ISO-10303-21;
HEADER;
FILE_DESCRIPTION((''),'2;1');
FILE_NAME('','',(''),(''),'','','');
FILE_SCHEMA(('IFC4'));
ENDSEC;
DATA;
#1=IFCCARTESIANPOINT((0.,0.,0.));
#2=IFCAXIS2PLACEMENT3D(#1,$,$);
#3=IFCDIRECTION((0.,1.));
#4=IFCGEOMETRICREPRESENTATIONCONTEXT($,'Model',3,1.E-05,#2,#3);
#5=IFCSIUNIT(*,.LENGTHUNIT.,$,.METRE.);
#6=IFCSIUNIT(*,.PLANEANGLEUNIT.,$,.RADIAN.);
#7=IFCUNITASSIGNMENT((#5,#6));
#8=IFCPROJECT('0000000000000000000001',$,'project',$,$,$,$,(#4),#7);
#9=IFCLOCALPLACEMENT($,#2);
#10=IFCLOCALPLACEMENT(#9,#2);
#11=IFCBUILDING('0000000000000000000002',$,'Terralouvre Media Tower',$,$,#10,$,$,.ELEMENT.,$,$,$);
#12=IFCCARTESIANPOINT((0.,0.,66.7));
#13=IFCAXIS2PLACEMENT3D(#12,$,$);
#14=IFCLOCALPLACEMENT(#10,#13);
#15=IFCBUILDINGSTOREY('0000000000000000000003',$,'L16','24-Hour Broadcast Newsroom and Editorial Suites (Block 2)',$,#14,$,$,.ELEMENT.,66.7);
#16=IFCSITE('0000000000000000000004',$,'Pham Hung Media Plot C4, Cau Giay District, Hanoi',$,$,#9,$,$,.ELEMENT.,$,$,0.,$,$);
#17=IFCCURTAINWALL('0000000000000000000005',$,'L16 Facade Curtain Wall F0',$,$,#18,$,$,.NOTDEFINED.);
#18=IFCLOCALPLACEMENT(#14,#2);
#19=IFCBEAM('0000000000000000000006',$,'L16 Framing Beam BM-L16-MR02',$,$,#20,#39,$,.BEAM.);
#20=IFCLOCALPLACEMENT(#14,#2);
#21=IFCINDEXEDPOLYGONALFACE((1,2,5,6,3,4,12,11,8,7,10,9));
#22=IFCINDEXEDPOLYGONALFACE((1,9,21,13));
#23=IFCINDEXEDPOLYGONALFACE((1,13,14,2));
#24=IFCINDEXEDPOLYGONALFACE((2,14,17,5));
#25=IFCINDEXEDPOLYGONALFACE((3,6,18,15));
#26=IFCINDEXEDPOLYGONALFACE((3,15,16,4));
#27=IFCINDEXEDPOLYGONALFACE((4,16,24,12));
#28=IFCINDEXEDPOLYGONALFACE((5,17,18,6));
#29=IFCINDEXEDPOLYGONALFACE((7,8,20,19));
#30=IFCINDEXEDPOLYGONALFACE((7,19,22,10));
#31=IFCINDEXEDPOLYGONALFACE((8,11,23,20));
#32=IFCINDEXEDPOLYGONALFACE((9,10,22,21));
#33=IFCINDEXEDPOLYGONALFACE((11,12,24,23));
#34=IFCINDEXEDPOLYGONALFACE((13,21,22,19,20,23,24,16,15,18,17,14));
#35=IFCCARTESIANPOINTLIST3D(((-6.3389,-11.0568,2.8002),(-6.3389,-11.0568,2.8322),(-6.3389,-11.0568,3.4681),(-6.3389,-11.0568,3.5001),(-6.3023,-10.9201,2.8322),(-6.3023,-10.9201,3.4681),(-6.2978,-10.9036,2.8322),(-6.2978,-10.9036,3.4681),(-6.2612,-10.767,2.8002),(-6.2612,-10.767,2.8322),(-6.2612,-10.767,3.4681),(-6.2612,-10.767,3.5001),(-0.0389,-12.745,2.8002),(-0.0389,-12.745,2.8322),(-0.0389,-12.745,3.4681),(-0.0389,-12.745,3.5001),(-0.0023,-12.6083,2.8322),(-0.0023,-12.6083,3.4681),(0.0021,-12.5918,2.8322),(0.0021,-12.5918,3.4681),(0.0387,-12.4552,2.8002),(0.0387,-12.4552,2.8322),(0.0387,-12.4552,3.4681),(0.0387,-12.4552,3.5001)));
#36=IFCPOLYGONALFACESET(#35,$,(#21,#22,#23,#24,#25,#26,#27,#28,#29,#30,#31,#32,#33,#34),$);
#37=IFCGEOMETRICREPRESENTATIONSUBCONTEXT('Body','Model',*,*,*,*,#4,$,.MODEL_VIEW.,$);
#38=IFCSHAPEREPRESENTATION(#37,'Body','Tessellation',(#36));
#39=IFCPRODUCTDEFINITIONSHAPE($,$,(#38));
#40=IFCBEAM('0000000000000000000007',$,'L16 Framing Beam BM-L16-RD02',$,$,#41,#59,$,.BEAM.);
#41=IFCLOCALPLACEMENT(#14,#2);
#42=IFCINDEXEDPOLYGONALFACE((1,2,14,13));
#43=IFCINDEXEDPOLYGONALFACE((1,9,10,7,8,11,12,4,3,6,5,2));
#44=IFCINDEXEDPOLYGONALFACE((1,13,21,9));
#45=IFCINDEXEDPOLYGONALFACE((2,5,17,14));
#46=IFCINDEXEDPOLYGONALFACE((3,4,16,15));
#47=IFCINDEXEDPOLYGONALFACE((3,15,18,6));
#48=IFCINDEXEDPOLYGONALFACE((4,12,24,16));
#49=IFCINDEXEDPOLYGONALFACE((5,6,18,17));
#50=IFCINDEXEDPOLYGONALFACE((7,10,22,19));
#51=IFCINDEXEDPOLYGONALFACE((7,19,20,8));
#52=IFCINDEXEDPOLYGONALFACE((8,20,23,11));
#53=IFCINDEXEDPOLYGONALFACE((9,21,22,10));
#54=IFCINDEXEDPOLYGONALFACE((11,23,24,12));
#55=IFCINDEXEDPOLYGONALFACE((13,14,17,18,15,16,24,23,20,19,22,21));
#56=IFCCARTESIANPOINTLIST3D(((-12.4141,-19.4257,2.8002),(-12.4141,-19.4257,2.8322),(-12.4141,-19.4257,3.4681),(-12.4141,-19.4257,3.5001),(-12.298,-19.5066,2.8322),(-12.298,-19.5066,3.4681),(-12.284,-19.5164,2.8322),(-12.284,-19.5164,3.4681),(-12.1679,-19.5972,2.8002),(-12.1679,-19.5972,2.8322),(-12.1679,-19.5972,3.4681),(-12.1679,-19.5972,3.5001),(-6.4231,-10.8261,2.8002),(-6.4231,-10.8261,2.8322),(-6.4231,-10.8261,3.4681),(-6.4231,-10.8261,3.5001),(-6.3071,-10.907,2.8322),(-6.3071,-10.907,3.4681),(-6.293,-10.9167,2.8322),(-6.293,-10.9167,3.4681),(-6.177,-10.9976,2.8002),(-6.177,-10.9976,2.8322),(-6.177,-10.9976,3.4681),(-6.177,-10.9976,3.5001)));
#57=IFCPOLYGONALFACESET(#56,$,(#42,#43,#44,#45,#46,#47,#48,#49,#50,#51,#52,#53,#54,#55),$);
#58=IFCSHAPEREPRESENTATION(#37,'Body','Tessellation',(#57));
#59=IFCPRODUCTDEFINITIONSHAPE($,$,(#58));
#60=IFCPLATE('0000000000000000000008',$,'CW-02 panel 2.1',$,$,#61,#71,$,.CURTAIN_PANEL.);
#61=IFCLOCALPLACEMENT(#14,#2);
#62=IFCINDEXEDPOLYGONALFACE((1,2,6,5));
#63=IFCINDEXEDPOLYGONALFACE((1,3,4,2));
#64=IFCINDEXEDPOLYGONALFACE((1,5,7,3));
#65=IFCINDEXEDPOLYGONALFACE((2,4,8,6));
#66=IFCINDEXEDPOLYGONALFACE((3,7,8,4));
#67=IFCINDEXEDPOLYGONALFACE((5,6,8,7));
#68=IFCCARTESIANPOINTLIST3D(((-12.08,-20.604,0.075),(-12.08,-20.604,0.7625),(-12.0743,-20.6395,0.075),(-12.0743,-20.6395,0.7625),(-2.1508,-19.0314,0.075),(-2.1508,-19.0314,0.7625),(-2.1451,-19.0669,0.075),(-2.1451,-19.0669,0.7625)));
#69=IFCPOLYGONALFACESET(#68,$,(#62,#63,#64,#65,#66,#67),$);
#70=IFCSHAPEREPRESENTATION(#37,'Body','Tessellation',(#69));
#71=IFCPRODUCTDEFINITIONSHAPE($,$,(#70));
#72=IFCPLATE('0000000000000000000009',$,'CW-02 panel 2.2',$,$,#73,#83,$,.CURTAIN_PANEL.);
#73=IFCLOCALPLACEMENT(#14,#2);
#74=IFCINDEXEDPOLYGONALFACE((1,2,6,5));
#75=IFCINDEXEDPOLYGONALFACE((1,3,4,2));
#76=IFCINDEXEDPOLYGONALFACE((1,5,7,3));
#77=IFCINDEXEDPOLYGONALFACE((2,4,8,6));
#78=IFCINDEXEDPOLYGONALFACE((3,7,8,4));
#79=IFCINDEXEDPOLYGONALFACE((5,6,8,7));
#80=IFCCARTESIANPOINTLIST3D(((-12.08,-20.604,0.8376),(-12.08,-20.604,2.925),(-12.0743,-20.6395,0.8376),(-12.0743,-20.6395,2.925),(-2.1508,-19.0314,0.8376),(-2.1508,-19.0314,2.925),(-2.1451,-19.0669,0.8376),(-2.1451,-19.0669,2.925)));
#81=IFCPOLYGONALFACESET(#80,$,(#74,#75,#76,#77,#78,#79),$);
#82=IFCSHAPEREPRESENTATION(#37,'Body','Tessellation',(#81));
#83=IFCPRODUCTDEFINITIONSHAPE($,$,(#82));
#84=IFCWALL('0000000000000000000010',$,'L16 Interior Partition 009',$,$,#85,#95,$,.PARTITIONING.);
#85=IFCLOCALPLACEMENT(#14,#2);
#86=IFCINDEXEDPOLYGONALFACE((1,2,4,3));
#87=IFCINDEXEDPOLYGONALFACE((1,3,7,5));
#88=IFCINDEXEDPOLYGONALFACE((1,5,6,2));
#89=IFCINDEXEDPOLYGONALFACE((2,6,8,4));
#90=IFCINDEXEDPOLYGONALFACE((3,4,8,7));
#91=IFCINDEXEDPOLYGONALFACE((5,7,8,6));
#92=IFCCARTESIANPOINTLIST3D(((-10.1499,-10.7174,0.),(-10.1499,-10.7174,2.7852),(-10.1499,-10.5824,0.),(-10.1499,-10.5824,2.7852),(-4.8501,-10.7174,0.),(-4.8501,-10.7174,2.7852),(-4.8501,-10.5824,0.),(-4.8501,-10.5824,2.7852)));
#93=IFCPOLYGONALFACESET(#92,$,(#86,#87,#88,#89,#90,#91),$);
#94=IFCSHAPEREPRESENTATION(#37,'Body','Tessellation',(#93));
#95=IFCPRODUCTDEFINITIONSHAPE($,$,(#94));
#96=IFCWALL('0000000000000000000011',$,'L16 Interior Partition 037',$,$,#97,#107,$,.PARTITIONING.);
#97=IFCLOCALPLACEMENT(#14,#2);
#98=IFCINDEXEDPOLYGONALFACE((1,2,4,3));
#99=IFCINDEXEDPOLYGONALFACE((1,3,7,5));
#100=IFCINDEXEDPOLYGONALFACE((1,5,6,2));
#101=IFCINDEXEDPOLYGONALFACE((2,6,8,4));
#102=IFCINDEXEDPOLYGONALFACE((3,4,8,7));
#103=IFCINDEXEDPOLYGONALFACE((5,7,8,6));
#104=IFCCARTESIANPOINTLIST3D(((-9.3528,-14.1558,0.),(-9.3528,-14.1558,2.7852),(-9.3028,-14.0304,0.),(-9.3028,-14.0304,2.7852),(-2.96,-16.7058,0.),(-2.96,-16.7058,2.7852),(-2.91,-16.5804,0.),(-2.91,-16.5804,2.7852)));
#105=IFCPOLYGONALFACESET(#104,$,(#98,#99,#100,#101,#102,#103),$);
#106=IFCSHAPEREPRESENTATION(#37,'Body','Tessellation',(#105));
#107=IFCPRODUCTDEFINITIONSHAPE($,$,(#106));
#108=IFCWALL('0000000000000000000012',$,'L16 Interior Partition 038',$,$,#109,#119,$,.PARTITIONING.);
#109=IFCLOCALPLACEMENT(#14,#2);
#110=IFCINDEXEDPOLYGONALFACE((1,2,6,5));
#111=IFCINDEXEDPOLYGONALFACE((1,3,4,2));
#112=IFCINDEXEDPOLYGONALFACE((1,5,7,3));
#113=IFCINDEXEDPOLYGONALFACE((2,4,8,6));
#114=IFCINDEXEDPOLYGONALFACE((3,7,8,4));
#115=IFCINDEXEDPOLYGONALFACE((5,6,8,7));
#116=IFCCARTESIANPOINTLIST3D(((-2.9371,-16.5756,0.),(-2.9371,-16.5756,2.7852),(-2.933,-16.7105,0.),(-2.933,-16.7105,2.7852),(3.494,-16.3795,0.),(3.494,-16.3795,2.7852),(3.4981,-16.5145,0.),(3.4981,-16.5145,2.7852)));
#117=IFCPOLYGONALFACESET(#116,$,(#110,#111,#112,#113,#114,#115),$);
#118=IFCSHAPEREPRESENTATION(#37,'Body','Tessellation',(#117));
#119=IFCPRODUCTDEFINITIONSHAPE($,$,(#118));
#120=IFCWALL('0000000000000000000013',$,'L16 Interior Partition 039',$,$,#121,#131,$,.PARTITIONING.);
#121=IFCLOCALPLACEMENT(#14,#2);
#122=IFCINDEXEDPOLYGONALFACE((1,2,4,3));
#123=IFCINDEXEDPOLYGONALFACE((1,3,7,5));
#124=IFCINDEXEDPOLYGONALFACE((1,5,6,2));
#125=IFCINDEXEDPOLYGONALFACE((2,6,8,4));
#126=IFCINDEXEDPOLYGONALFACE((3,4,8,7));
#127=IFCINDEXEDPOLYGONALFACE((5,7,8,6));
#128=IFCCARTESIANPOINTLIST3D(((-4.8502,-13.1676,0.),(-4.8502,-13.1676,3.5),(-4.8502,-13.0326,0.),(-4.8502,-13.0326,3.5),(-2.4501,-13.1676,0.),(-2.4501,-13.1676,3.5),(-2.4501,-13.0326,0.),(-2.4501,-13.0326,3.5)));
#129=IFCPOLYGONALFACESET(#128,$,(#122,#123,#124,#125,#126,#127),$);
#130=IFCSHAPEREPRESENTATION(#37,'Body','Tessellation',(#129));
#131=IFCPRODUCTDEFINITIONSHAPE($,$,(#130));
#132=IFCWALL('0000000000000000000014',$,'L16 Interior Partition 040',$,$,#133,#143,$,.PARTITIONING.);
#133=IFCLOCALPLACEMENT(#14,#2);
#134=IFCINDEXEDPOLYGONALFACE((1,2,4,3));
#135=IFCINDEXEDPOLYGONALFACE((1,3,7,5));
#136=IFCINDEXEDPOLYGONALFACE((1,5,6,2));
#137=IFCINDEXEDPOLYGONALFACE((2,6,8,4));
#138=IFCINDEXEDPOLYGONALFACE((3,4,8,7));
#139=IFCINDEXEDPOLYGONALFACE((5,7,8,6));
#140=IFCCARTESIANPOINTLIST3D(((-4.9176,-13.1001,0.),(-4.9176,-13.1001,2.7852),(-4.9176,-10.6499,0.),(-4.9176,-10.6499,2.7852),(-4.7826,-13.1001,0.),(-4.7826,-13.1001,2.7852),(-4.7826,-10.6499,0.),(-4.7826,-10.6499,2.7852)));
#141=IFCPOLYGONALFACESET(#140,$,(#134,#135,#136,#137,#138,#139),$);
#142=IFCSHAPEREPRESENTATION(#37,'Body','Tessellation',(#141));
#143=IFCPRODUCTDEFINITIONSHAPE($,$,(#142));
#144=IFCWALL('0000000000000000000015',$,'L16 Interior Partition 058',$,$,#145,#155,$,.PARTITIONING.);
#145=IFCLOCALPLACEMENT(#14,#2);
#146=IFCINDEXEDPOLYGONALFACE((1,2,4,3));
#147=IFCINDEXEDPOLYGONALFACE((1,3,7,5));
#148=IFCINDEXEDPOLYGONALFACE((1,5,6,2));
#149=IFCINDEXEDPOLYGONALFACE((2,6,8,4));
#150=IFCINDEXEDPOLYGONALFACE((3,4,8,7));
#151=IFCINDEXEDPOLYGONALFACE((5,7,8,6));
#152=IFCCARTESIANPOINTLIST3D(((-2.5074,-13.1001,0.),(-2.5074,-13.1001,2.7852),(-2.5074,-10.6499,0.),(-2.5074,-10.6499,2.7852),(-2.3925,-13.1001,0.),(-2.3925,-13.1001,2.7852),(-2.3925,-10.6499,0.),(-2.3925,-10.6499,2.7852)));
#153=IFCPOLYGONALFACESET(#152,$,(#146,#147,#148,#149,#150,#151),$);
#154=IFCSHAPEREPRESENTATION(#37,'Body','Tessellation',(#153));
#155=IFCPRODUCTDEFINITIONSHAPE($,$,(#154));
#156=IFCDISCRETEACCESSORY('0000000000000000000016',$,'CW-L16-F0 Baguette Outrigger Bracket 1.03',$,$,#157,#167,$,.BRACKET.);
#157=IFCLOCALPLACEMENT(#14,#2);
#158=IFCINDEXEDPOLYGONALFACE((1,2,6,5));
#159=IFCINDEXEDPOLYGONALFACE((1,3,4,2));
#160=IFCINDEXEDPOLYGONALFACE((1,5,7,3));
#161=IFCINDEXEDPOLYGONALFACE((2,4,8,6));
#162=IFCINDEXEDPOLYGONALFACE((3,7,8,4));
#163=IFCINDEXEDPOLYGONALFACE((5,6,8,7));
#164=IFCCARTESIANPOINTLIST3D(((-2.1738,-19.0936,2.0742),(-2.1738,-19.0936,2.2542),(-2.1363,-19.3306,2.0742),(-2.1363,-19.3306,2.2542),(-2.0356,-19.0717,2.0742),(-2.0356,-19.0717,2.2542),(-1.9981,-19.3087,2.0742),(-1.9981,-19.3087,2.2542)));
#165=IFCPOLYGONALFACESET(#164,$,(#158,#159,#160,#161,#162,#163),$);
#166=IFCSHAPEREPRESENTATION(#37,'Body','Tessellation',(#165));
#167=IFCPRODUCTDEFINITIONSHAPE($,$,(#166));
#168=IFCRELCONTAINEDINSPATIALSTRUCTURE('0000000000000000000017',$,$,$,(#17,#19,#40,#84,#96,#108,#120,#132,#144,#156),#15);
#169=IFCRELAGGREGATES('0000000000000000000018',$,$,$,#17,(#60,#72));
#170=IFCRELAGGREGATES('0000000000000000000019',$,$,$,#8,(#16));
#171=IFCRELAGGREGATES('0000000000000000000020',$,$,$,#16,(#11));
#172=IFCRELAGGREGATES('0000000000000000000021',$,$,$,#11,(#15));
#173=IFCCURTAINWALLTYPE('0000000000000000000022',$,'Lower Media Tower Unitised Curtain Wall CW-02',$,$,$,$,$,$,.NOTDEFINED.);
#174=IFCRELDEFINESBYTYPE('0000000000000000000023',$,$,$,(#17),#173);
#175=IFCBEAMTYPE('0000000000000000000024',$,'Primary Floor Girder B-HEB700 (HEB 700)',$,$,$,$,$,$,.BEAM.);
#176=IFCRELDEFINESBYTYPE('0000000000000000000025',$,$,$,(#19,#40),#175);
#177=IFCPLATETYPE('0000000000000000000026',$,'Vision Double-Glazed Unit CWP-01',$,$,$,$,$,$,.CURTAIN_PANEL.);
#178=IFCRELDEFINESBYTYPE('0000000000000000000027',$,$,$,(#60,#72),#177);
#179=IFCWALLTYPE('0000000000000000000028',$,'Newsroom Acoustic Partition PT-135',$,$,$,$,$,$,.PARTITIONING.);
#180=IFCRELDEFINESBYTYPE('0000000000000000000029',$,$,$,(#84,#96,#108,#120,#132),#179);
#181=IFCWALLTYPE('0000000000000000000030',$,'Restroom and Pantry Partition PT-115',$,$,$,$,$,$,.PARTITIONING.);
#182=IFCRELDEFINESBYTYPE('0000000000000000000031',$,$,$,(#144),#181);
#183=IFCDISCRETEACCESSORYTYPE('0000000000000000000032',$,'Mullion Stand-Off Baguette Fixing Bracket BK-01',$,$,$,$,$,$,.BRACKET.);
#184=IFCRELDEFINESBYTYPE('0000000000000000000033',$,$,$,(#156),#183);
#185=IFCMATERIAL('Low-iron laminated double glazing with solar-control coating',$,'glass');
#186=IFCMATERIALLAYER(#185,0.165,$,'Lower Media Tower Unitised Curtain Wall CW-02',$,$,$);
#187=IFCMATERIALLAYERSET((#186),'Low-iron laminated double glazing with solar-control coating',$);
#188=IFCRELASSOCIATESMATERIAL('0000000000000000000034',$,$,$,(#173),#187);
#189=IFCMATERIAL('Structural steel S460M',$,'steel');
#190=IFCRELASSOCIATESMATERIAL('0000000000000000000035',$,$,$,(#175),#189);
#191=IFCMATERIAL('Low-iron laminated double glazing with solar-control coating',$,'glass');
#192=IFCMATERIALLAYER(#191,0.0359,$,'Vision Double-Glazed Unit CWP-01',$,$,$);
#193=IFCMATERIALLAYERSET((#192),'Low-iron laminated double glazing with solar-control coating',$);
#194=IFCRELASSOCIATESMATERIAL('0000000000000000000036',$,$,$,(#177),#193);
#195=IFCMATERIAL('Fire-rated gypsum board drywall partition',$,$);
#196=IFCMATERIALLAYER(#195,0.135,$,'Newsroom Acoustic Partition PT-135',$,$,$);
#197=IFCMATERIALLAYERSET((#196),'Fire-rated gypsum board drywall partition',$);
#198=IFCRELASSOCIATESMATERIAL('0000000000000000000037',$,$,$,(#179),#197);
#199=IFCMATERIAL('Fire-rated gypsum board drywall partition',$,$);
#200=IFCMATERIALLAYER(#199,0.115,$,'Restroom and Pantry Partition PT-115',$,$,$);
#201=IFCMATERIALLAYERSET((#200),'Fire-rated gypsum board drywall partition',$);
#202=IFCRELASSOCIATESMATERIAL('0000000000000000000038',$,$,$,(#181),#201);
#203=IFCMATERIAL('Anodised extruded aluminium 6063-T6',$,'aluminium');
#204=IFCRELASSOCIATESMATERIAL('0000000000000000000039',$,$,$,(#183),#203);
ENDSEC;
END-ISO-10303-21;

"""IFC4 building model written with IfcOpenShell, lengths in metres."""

from ifc_helpers import new_model, si_unit, direction, frame, frame_2d, origin, origin_2d, place, context, subcontext, project, spatial, rectangle, i_section, extrude, material, layer, layer_set, material_profile, profile_set, type_object, element, aggregate, save


model = new_model("IFC4")

# Units and contexts
model_context = context("Model", 3, precision=1e-05, world=origin(), true_north=direction((0.0, 1.0)))
body_context = subcontext(model_context, "Body", "Model", "MODEL_VIEW")
ifc_project = project(units=[si_unit("LENGTHUNIT", "METRE"), si_unit("PLANEANGLEUNIT", "RADIAN")], contexts=[model_context])

# Site, building, storey
site_placement = place(None, origin())
site = spatial("IfcSite", under=ifc_project, at=site_placement, Name="Pham Hung Media Plot C4, Cau Giay District, Hanoi", CompositionType="ELEMENT", RefElevation=0.0)
building_placement = place(site_placement, origin())
building = spatial("IfcBuilding", under=site, at=building_placement, Name="Terralouvre Media Tower", CompositionType="ELEMENT")
storey_placement = place(building_placement, frame((0.0, 0.0, 66.7)))
storey = spatial("IfcBuildingStorey", under=building, at=storey_placement, Name="L16", Description="24-Hour Broadcast Newsroom and Editorial Suites (Block 2)", CompositionType="ELEMENT", Elevation=66.7)

# Curtain wall
ifc_material_1 = material(Name="Low-iron laminated double glazing with solar-control coating", Category="glass")
ifc_layer_1 = layer(ifc_material_1, 0.165, Name="Lower Media Tower Unitised Curtain Wall CW-02")
ifc_layer_set_1 = layer_set([ifc_layer_1], Name="Low-iron laminated double glazing with solar-control coating")
curtain_wall_type = type_object("IfcCurtainWallType", Name="Lower Media Tower Unitised Curtain Wall CW-02", PredefinedType="NOTDEFINED", material=ifc_layer_set_1)
curtain_wall_placement = place(storey_placement, origin())
curtain_wall = element("IfcCurtainWall", 1, at=curtain_wall_placement, inside=storey, type_object=curtain_wall_type, Name="L16 Facade Curtain Wall F0", PredefinedType="NOTDEFINED")

# Beams
ifc_material_2 = material(Name="Structural steel S460M", Category="steel")
ifc_material_profile_1 = material_profile(ifc_material_2, i_section(OverallWidth=0.3, OverallDepth=0.7, WebThickness=0.0171, FlangeThickness=0.032, at=origin_2d()), Name="HEB 700")
ifc_profile_set_1 = profile_set([ifc_material_profile_1], Name="Structural steel S460M")
beam_type_1 = type_object("IfcBeamType", Name="Primary Floor Girder B-HEB700 (HEB 700)", PredefinedType="BEAM", material=ifc_profile_set_1)
beam_1_placement = place(storey_placement, frame((-6.3, -10.9119, 3.1501), z_axis=(0.96592, -0.258839, 0.0), x_axis=(0.258839, 0.96592, 0.0)))
element("IfcBeam", 2, at=beam_1_placement, inside=storey, type_object=beam_type_1, Name="L16 Framing Beam BM-L16-MR02", PredefinedType="BEAM", context=body_context, shape_type="SweptSolid", body=[
    extrude(i_section(OverallWidth=0.3, OverallDepth=0.7, WebThickness=0.0171, FlangeThickness=0.032, at=origin_2d()), origin(), (0.0, 0.0, 1.0), 6.5222),
])
beam_2_placement = place(storey_placement, frame((-6.3, -10.9119, 3.1501), z_axis=(-0.571619, -0.820519, 0.0), x_axis=(0.820519, -0.571619, 0.0)))
element("IfcBeam", 3, at=beam_2_placement, inside=storey, type_object=beam_type_1, Name="L16 Framing Beam BM-L16-RD02", PredefinedType="BEAM", context=body_context, shape_type="SweptSolid", body=[
    extrude(i_section(OverallWidth=0.3, OverallDepth=0.7, WebThickness=0.0171, FlangeThickness=0.032, at=origin_2d()), origin(), (0.0, 0.0, 1.0), 10.4807),
])

# Plates
ifc_material_3 = material(Name="Low-iron laminated double glazing with solar-control coating", Category="glass")
ifc_layer_2 = layer(ifc_material_3, 0.0359, Name="Vision Double-Glazed Unit CWP-01")
ifc_layer_set_2 = layer_set([ifc_layer_2], Name="Low-iron laminated double glazing with solar-control coating")
plate_type = type_object("IfcPlateType", Name="Vision Double-Glazed Unit CWP-01", PredefinedType="CURTAIN_PANEL", material=ifc_layer_set_2)
plate_1_placement = place(storey_placement, frame((-7.1125, -19.8354, 0.075), z_axis=(0.0, 0.0, 1.0), x_axis=(0.987688, 0.156434, 0.0)))
plate_1 = element("IfcPlate", 4, at=plate_1_placement, type_object=plate_type, Name="CW-02 panel 2.1", PredefinedType="CURTAIN_PANEL", context=body_context, shape_type="SweptSolid", body=[
    extrude(rectangle(XDim=10.053, YDim=0.0359, at=origin_2d()), origin(), (0.0, 0.0, 1.0), 0.6875),
])
plate_2_placement = place(storey_placement, frame((-7.1125, -19.8354, 0.8376), z_axis=(0.0, 0.0, 1.0), x_axis=(0.987688, 0.156434, 0.0)))
plate_2 = element("IfcPlate", 5, at=plate_2_placement, type_object=plate_type, Name="CW-02 panel 2.2", PredefinedType="CURTAIN_PANEL", context=body_context, shape_type="SweptSolid", body=[
    extrude(rectangle(XDim=10.053, YDim=0.0359, at=origin_2d()), origin(), (0.0, 0.0, 1.0), 2.0874),
])
aggregate(curtain_wall, [plate_1, plate_2])

# Walls
ifc_material_4 = material(Name="Fire-rated gypsum board drywall partition")
ifc_layer_3 = layer(ifc_material_4, 0.135, Name="Newsroom Acoustic Partition PT-135")
ifc_layer_set_3 = layer_set([ifc_layer_3], Name="Fire-rated gypsum board drywall partition")
wall_type_1 = type_object("IfcWallType", Name="Newsroom Acoustic Partition PT-135", PredefinedType="PARTITIONING", material=ifc_layer_set_3)
wall_1_placement = place(storey_placement, frame((-10.1499, -10.6499, 0.0), z_axis=(0.0, 0.0, 1.0), x_axis=(1.0, 0.0, 0.0)))
element("IfcWall", 6, at=wall_1_placement, inside=storey, type_object=wall_type_1, Name="L16 Interior Partition 009", PredefinedType="PARTITIONING", context=body_context, shape_type="SweptSolid", body=[
    extrude(rectangle(XDim=5.2998, YDim=0.135, at=frame_2d((2.6499, 0.0))), origin(), (0.0, 0.0, 1.0), 2.7852),
])
wall_2_placement = place(storey_placement, frame((-9.3279, -14.093, 0.0), z_axis=(0.0, 0.0, 1.0), x_axis=(0.928831, -0.370504, 0.0)))
element("IfcWall", 7, at=wall_2_placement, inside=storey, type_object=wall_type_1, Name="L16 Interior Partition 037", PredefinedType="PARTITIONING", context=body_context, shape_type="SweptSolid", body=[
    extrude(rectangle(XDim=6.8826, YDim=0.135, at=frame_2d((3.4414, 0.0))), origin(), (0.0, 0.0, 1.0), 2.7852),
])
wall_3_placement = place(storey_placement, frame((-2.9351, -16.6431, 0.0), z_axis=(0.0, 0.0, 1.0), x_axis=(0.999536, 0.030469, 0.0)))
element("IfcWall", 8, at=wall_3_placement, inside=storey, type_object=wall_type_1, Name="L16 Interior Partition 038", PredefinedType="PARTITIONING", context=body_context, shape_type="SweptSolid", body=[
    extrude(rectangle(XDim=6.4341, YDim=0.135, at=frame_2d((3.217, 0.0))), origin(), (0.0, 0.0, 1.0), 2.7852),
])
wall_4_placement = place(storey_placement, frame((-2.45, -13.1001, 0.0), z_axis=(0.0, 0.0, 1.0), x_axis=(-1.0, 0.0, 0.0)))
element("IfcWall", 9, at=wall_4_placement, inside=storey, type_object=wall_type_1, Name="L16 Interior Partition 039", PredefinedType="PARTITIONING", context=body_context, shape_type="SweptSolid", body=[
    extrude(rectangle(XDim=2.4001, YDim=0.135, at=frame_2d((1.2002, 0.0))), origin(), (0.0, 0.0, 1.0), 3.5),
])
wall_5_placement = place(storey_placement, frame((-4.8501, -13.1001, 0.0), z_axis=(0.0, 0.0, 1.0), x_axis=(0.0, 1.0, 0.0)))
element("IfcWall", 10, at=wall_5_placement, inside=storey, type_object=wall_type_1, Name="L16 Interior Partition 040", PredefinedType="PARTITIONING", context=body_context, shape_type="SweptSolid", body=[
    extrude(rectangle(XDim=2.4502, YDim=0.135, at=frame_2d((1.2251, 0.0))), origin(), (0.0, 0.0, 1.0), 2.7852),
])
ifc_material_5 = material(Name="Fire-rated gypsum board drywall partition")
ifc_layer_4 = layer(ifc_material_5, 0.115, Name="Restroom and Pantry Partition PT-115")
ifc_layer_set_4 = layer_set([ifc_layer_4], Name="Fire-rated gypsum board drywall partition")
wall_type_2 = type_object("IfcWallType", Name="Restroom and Pantry Partition PT-115", PredefinedType="PARTITIONING", material=ifc_layer_set_4)
wall_6_placement = place(storey_placement, frame((-2.45, -13.1001, 0.0), z_axis=(0.0, 0.0, 1.0), x_axis=(0.0, 1.0, 0.0)))
element("IfcWall", 11, at=wall_6_placement, inside=storey, type_object=wall_type_2, Name="L16 Interior Partition 058", PredefinedType="PARTITIONING", context=body_context, shape_type="SweptSolid", body=[
    extrude(rectangle(XDim=2.4502, YDim=0.115, at=frame_2d((1.2251, 0.0))), origin(), (0.0, 0.0, 1.0), 2.7852),
])

# Discrete accessory
ifc_material_6 = material(Name="Anodised extruded aluminium 6063-T6", Category="aluminium")
discrete_accessory_type = type_object("IfcDiscreteAccessoryType", Name="Mullion Stand-Off Baguette Fixing Bracket BK-01", PredefinedType="BRACKET", material=ifc_material_6)
discrete_accessory_placement = place(storey_placement, frame((-2.0859, -19.2012, 2.0742), z_axis=(0.0, 0.0, 1.0), x_axis=(0.987688, 0.156434, 0.0)))
element("IfcDiscreteAccessory", 12, at=discrete_accessory_placement, inside=storey, type_object=discrete_accessory_type, Name="CW-L16-F0 Baguette Outrigger Bracket 1.03", PredefinedType="BRACKET", context=body_context, shape_type="SweptSolid", body=[
    extrude(rectangle(XDim=0.1399, YDim=0.24, at=origin_2d()), origin(), (0.0, 0.0, 1.0), 0.1799),
])

save(model, "model.ifc")
